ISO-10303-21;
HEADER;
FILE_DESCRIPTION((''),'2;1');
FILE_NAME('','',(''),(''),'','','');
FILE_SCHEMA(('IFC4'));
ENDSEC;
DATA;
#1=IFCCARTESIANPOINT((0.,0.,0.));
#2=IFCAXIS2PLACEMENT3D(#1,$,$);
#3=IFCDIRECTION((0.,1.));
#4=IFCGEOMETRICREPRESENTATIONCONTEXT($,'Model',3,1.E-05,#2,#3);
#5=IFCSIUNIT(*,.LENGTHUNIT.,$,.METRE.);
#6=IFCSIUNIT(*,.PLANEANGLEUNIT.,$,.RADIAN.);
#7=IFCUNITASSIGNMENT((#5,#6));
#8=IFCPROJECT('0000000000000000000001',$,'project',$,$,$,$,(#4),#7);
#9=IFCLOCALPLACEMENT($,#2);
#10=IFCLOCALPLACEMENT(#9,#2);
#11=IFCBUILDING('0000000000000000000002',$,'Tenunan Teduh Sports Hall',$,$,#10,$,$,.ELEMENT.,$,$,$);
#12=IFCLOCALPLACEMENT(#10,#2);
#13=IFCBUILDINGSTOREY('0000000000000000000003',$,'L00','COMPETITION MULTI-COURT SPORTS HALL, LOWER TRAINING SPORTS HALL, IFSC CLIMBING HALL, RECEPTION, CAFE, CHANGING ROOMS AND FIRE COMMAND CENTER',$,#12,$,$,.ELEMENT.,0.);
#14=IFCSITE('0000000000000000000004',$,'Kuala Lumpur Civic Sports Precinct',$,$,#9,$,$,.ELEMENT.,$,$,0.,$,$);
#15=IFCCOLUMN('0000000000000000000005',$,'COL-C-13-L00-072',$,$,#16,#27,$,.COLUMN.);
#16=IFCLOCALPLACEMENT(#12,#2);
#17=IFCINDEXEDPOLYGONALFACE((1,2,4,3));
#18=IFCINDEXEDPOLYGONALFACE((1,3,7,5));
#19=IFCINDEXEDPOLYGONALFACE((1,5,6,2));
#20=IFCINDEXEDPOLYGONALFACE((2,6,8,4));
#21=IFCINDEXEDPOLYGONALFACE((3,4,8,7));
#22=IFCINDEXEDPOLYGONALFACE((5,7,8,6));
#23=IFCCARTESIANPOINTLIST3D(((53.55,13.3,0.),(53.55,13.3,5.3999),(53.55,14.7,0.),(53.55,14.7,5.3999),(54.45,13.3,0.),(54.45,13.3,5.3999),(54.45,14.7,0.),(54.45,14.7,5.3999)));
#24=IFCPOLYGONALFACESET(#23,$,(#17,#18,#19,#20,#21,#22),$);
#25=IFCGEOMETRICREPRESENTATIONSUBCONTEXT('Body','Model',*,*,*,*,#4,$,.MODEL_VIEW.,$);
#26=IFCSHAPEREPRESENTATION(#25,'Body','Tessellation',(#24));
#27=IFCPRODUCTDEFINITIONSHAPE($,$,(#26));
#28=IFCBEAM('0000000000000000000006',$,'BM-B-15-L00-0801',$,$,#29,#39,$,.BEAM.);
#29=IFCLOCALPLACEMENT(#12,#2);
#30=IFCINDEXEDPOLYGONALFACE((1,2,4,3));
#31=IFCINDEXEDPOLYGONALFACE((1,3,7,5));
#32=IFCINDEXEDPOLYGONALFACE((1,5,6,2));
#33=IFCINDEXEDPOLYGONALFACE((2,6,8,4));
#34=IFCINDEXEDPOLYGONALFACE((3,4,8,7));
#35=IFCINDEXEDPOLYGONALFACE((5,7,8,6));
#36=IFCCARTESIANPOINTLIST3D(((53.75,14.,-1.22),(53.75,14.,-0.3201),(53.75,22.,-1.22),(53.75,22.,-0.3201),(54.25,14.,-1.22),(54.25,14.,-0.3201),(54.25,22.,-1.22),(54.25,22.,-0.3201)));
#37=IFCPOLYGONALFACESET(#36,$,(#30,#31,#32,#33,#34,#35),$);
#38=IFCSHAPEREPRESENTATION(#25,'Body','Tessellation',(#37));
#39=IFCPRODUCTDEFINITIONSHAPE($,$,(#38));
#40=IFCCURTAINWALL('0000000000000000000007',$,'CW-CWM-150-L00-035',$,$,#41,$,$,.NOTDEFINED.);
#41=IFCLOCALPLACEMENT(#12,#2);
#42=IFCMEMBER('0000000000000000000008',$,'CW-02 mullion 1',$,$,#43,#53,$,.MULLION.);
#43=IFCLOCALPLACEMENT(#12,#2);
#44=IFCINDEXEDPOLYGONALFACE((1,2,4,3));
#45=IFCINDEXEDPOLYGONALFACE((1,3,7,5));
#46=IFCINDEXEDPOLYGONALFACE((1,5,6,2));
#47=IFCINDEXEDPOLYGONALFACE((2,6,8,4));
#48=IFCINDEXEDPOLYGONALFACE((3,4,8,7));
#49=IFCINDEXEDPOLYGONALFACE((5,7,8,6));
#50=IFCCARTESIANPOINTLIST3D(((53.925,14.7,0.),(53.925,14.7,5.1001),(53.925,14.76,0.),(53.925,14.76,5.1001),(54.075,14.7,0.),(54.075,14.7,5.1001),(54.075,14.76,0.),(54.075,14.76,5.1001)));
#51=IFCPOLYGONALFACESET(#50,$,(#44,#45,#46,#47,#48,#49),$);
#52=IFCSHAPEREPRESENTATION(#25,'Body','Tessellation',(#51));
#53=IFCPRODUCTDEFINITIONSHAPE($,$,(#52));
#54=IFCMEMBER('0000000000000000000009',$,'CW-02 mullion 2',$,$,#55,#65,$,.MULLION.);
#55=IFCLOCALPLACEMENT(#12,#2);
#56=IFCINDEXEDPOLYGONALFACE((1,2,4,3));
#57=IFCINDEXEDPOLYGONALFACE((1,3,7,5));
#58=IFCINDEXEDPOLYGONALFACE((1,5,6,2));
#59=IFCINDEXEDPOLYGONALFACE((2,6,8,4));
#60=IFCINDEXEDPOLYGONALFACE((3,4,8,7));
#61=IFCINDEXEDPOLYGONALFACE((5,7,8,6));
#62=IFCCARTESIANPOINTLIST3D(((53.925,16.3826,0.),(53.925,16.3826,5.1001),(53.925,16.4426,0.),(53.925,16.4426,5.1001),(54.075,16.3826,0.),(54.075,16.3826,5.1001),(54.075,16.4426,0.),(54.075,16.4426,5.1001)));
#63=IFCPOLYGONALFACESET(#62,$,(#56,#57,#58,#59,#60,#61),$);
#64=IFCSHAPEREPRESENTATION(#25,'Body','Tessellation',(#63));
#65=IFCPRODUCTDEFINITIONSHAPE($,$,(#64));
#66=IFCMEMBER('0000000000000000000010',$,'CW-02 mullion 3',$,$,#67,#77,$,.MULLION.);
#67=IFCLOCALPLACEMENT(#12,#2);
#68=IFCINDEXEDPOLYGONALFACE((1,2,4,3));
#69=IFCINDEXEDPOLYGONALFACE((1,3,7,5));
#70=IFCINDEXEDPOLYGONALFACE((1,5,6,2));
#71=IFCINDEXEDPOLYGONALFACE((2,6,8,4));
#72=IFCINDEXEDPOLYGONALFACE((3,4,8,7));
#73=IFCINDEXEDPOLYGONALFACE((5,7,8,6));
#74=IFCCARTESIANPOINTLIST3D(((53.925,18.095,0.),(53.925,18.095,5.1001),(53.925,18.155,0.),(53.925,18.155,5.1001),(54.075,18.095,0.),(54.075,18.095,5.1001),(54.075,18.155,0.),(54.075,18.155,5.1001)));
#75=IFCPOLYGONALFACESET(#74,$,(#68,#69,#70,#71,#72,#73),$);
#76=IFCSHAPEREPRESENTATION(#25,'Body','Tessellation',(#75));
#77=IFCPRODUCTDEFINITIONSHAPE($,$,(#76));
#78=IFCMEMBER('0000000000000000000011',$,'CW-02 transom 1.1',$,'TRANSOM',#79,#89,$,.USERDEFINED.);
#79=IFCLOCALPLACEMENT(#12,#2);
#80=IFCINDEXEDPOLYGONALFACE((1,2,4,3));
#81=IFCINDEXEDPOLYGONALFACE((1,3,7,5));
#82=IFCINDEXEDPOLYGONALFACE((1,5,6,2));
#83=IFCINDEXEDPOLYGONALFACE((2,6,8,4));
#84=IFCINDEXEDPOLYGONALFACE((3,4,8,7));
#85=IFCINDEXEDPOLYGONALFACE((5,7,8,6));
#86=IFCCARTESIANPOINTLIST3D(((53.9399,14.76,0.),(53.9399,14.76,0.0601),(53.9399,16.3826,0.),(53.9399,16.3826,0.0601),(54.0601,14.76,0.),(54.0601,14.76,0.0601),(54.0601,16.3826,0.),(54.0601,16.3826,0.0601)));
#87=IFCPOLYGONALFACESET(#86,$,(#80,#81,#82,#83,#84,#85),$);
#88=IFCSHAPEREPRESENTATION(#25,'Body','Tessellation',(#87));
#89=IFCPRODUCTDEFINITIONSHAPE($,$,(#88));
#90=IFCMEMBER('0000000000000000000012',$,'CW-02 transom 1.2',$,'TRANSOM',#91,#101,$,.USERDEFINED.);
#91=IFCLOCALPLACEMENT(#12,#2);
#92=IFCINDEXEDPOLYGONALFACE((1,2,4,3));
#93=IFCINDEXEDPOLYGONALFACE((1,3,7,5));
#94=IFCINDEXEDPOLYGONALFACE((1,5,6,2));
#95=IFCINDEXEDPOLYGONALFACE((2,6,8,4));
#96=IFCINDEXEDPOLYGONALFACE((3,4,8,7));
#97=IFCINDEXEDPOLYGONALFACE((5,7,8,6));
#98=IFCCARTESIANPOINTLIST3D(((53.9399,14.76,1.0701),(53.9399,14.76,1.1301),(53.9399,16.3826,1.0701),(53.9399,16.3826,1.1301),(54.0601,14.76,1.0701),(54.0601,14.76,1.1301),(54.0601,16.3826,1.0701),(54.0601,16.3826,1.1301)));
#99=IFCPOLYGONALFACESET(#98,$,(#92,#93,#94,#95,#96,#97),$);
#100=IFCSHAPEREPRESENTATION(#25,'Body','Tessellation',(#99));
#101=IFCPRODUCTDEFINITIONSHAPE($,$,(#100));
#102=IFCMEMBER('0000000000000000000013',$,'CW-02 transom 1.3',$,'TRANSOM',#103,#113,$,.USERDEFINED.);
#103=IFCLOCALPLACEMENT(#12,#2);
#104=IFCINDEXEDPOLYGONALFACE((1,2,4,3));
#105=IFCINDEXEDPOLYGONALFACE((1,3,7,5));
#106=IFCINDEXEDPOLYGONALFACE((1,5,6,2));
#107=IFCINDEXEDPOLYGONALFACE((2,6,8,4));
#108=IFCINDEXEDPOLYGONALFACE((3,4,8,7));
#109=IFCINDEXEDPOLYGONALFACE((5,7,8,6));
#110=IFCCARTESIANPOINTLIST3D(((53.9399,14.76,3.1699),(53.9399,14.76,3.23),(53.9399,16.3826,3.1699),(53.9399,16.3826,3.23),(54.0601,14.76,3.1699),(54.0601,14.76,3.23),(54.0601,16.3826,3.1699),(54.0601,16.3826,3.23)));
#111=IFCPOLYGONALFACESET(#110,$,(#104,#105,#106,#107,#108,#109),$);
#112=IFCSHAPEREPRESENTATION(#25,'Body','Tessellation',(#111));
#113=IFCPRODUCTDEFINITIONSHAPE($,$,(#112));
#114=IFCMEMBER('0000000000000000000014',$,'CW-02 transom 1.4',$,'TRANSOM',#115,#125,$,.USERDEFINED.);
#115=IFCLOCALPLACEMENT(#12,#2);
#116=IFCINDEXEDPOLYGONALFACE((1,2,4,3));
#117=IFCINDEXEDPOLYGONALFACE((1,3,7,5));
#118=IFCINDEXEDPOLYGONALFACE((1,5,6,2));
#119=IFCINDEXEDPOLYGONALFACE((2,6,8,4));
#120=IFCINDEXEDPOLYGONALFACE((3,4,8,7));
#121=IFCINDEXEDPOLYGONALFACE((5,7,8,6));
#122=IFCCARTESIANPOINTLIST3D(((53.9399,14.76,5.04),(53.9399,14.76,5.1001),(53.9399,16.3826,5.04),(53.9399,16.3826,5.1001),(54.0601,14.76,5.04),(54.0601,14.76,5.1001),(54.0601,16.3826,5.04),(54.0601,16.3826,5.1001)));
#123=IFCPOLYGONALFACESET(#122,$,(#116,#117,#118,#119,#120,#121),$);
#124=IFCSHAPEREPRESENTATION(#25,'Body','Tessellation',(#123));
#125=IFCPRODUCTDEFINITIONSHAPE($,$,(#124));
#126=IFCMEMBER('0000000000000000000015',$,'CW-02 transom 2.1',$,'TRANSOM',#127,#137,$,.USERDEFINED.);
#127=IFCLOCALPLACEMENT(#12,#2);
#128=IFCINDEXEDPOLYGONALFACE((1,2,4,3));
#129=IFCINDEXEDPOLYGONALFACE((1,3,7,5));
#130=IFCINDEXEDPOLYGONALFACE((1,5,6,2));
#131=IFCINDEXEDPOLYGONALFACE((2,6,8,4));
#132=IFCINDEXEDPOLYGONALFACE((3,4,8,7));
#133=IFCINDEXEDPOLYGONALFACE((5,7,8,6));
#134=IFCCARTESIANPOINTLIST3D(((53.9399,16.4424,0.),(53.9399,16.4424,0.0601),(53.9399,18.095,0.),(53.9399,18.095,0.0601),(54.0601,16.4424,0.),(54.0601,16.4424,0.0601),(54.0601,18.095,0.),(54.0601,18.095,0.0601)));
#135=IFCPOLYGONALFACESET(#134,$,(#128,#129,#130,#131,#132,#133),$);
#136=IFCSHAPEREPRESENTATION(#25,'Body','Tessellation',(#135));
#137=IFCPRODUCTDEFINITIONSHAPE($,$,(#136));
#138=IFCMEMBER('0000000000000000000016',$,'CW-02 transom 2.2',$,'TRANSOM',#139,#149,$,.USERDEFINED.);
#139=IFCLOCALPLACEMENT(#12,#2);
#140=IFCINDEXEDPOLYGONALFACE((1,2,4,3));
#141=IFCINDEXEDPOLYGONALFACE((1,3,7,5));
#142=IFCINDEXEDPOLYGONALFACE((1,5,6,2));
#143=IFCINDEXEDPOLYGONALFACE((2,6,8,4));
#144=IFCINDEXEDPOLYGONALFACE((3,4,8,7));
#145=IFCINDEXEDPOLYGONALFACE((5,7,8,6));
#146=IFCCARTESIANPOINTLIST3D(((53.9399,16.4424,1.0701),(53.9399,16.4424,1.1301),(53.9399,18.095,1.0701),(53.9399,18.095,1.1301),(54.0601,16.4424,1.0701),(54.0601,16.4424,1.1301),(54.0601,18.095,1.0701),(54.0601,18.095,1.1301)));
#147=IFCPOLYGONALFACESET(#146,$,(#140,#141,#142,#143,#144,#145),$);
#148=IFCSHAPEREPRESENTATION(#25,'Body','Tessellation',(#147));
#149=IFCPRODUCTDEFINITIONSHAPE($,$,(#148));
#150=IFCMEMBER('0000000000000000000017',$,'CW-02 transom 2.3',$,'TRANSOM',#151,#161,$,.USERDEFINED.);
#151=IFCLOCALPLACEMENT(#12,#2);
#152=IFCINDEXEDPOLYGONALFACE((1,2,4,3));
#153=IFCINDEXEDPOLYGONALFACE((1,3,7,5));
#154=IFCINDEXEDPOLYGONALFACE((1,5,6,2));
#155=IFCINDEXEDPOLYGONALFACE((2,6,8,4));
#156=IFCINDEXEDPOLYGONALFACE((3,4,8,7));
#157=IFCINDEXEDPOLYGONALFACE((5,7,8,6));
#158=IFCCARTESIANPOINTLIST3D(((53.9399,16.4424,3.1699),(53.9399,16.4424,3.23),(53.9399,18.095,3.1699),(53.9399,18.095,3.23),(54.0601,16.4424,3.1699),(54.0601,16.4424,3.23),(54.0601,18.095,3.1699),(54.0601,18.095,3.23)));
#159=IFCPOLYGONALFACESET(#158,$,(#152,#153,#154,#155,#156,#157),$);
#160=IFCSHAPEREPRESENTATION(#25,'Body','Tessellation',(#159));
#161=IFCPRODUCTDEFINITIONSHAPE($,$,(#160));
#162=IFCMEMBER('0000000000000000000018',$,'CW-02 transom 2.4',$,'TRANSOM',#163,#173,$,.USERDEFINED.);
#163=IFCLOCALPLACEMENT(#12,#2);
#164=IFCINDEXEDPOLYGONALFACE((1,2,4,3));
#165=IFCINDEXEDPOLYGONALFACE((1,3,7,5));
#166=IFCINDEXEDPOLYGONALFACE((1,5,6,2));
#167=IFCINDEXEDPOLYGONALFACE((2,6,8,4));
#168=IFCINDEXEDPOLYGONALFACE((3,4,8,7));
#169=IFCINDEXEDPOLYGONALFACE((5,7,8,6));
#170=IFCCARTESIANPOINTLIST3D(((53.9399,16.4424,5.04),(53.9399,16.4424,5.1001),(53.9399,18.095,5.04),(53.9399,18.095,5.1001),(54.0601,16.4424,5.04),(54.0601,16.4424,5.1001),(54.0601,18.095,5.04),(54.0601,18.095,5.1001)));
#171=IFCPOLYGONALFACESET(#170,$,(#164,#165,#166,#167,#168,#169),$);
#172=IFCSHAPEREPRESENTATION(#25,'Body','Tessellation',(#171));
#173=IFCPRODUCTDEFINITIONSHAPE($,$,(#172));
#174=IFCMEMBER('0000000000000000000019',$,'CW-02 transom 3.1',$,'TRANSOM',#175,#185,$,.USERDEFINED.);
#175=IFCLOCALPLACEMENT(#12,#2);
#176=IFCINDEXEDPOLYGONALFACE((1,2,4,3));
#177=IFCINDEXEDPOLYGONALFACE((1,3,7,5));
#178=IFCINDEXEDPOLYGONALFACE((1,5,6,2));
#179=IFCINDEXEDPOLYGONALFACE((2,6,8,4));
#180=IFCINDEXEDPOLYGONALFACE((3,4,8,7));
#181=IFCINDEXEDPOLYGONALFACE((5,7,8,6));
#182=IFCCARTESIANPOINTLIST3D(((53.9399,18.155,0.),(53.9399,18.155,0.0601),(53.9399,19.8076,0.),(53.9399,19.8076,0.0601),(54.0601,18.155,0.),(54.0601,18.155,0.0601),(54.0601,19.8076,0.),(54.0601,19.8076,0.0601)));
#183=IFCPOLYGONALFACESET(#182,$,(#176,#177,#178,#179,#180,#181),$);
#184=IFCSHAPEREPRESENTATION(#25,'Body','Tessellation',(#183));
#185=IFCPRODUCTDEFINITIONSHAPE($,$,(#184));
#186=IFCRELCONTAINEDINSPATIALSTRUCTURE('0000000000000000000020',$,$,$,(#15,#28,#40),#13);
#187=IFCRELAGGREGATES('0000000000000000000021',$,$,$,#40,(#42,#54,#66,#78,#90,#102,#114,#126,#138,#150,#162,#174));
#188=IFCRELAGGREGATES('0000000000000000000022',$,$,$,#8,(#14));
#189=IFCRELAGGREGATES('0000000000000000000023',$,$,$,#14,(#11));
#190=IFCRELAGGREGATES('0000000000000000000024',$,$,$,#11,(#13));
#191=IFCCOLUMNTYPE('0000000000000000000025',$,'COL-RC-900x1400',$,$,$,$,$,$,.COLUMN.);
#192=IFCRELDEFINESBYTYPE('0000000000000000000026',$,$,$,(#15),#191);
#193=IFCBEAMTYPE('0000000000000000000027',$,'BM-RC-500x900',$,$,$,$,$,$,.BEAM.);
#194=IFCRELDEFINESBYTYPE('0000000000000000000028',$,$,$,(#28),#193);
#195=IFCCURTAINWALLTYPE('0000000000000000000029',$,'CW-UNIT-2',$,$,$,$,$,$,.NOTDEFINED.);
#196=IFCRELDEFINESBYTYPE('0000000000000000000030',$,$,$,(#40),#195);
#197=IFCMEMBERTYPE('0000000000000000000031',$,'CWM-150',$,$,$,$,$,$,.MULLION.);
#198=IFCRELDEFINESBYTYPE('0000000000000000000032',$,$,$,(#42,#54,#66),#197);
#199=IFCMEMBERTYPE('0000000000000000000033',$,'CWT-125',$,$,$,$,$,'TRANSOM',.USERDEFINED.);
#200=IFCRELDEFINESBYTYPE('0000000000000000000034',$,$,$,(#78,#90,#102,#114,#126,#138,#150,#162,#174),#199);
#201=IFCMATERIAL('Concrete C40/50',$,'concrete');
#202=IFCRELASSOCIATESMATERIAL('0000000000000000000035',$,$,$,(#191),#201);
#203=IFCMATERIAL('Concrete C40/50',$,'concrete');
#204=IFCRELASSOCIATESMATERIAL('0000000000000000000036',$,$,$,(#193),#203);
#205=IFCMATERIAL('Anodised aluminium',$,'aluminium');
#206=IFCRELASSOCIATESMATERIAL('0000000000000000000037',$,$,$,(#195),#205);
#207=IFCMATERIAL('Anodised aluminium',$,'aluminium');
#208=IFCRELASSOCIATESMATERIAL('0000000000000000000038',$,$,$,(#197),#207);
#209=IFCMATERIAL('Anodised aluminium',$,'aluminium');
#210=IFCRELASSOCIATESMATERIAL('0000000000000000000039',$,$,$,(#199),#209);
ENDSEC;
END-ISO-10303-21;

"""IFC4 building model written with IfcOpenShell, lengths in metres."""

from ifc_helpers import new_model, si_unit, direction, frame, origin, origin_2d, place, context, subcontext, project, spatial, rectangle, extrude, material, material_profile, profile_set, type_object, element, aggregate, save


model = new_model("IFC4")

# Units and contexts
model_context = context("Model", 3, precision=1e-05, world=origin(), true_north=direction((0.0, 1.0)))
body_context = subcontext(model_context, "Body", "Model", "MODEL_VIEW")
ifc_project = project(units=[si_unit("LENGTHUNIT", "METRE"), si_unit("PLANEANGLEUNIT", "RADIAN")], contexts=[model_context])

# Site, building, storey
site_placement = place(None, origin())
site = spatial("IfcSite", under=ifc_project, at=site_placement, Name="Kuala Lumpur Civic Sports Precinct", CompositionType="ELEMENT", RefElevation=0.0)
building_placement = place(site_placement, origin())
building = spatial("IfcBuilding", under=site, at=building_placement, Name="Tenunan Teduh Sports Hall", CompositionType="ELEMENT")
storey_placement = place(building_placement, origin())
storey = spatial("IfcBuildingStorey", under=building, at=storey_placement, Name="L00", Description="COMPETITION MULTI-COURT SPORTS HALL, LOWER TRAINING SPORTS HALL, IFSC CLIMBING HALL, RECEPTION, CAFE, CHANGING ROOMS AND FIRE COMMAND CENTER", CompositionType="ELEMENT", Elevation=0.0)

# Column
ifc_material_1 = material(Name="Concrete C40/50", Category="concrete")
ifc_material_profile_1 = material_profile(ifc_material_1, rectangle(XDim=0.8999, YDim=1.3999, at=origin_2d()), Name="RC 900x1400")
ifc_profile_set_1 = profile_set([ifc_material_profile_1], Name="Concrete C40/50")
column_type = type_object("IfcColumnType", Name="COL-RC-900x1400", PredefinedType="COLUMN", material=ifc_profile_set_1)
column_placement = place(storey_placement, frame((54.0, 14.0, 0.0), z_axis=(0.0, 0.0, 1.0), x_axis=(1.0, 0.0, 0.0)))
element("IfcColumn", 1, at=column_placement, inside=storey, type_object=column_type, Name="COL-C-13-L00-072", PredefinedType="COLUMN", context=body_context, shape_type="SweptSolid", body=[
    extrude(rectangle(XDim=0.8999, YDim=1.3999, at=origin_2d()), origin(), (0.0, 0.0, 1.0), 5.3999),
])

# Beam
ifc_material_2 = material(Name="Concrete C40/50", Category="concrete")
ifc_material_profile_2 = material_profile(ifc_material_2, rectangle(XDim=0.5, YDim=0.8999, at=origin_2d()), Name="RCB 500x900")
ifc_profile_set_2 = profile_set([ifc_material_profile_2], Name="Concrete C40/50")
beam_type = type_object("IfcBeamType", Name="BM-RC-500x900", PredefinedType="BEAM", material=ifc_profile_set_2)
beam_placement = place(storey_placement, frame((54.0, 14.0, -0.77), z_axis=(0.0, 1.0, 0.0), x_axis=(-1.0, 0.0, 0.0)))
element("IfcBeam", 2, at=beam_placement, inside=storey, type_object=beam_type, Name="BM-B-15-L00-0801", PredefinedType="BEAM", context=body_context, shape_type="SweptSolid", body=[
    extrude(rectangle(XDim=0.5, YDim=0.8999, at=origin_2d()), origin(), (0.0, 0.0, 1.0), 8.0),
])

# Curtain wall, members
ifc_material_3 = material(Name="Anodised aluminium", Category="aluminium")
curtain_wall_type = type_object("IfcCurtainWallType", Name="CW-UNIT-2", PredefinedType="NOTDEFINED", material=ifc_material_3)
curtain_wall_placement = place(storey_placement, origin())
curtain_wall = element("IfcCurtainWall", 3, at=curtain_wall_placement, inside=storey, type_object=curtain_wall_type, Name="CW-CWM-150-L00-035", PredefinedType="NOTDEFINED")
ifc_material_4 = material(Name="Anodised aluminium", Category="aluminium")
ifc_material_profile_3 = material_profile(ifc_material_4, rectangle(XDim=0.0601, YDim=0.1499, at=origin_2d()), Name="CWM 60x150")
ifc_profile_set_3 = profile_set([ifc_material_profile_3], Name="Anodised aluminium")
member_type_1 = type_object("IfcMemberType", Name="CWM-150", PredefinedType="MULLION", material=ifc_profile_set_3)
member_1_placement = place(storey_placement, frame((54.0, 14.73, 0.0), z_axis=(0.0, 0.0, 1.0), x_axis=(0.0, 1.0, 0.0)))
member_1 = element("IfcMember", 4, at=member_1_placement, type_object=member_type_1, Name="CW-02 mullion 1", PredefinedType="MULLION", context=body_context, shape_type="SweptSolid", body=[
    extrude(rectangle(XDim=0.0601, YDim=0.1499, at=origin_2d()), origin(), (0.0, 0.0, 1.0), 5.1001),
])
member_2_placement = place(storey_placement, frame((54.0, 16.4126, 0.0), z_axis=(0.0, 0.0, 1.0), x_axis=(0.0, 1.0, 0.0)))
member_2 = element("IfcMember", 5, at=member_2_placement, type_object=member_type_1, Name="CW-02 mullion 2", PredefinedType="MULLION", context=body_context, shape_type="SweptSolid", body=[
    extrude(rectangle(XDim=0.0601, YDim=0.1499, at=origin_2d()), origin(), (0.0, 0.0, 1.0), 5.1001),
])
member_3_placement = place(storey_placement, frame((54.0, 18.125, 0.0), z_axis=(0.0, 0.0, 1.0), x_axis=(0.0, 1.0, 0.0)))
member_3 = element("IfcMember", 6, at=member_3_placement, type_object=member_type_1, Name="CW-02 mullion 3", PredefinedType="MULLION", context=body_context, shape_type="SweptSolid", body=[
    extrude(rectangle(XDim=0.0601, YDim=0.1499, at=origin_2d()), origin(), (0.0, 0.0, 1.0), 5.1001),
])
ifc_material_5 = material(Name="Anodised aluminium", Category="aluminium")
ifc_material_profile_4 = material_profile(ifc_material_5, rectangle(XDim=0.0601, YDim=0.1201, at=origin_2d()), Name="CWT 60x120")
ifc_profile_set_4 = profile_set([ifc_material_profile_4], Name="Anodised aluminium")
member_type_2 = type_object("IfcMemberType", Name="CWT-125", ElementType="TRANSOM", PredefinedType="USERDEFINED", material=ifc_profile_set_4)
member_4_placement = place(storey_placement, frame((54.0, 14.76, 0.03), z_axis=(0.0, 1.0, 0.0), x_axis=(0.0, 0.0, 1.0)))
member_4 = element("IfcMember", 7, at=member_4_placement, type_object=member_type_2, Name="CW-02 transom 1.1", ObjectType="TRANSOM", PredefinedType="USERDEFINED", context=body_context, shape_type="SweptSolid", body=[
    extrude(rectangle(XDim=0.0601, YDim=0.1201, at=origin_2d()), origin(), (0.0, 0.0, 1.0), 1.6226),
])
member_5_placement = place(storey_placement, frame((54.0, 14.76, 1.1001), z_axis=(0.0, 1.0, 0.0), x_axis=(0.0, 0.0, 1.0)))
member_5 = element("IfcMember", 8, at=member_5_placement, type_object=member_type_2, Name="CW-02 transom 1.2", ObjectType="TRANSOM", PredefinedType="USERDEFINED", context=body_context, shape_type="SweptSolid", body=[
    extrude(rectangle(XDim=0.0601, YDim=0.1201, at=origin_2d()), origin(), (0.0, 0.0, 1.0), 1.6226),
])
member_6_placement = place(storey_placement, frame((54.0, 14.76, 3.2), z_axis=(0.0, 1.0, 0.0), x_axis=(0.0, 0.0, 1.0)))
member_6 = element("IfcMember", 9, at=member_6_placement, type_object=member_type_2, Name="CW-02 transom 1.3", ObjectType="TRANSOM", PredefinedType="USERDEFINED", context=body_context, shape_type="SweptSolid", body=[
    extrude(rectangle(XDim=0.0601, YDim=0.1201, at=origin_2d()), origin(), (0.0, 0.0, 1.0), 1.6226),
])
member_7_placement = place(storey_placement, frame((54.0, 14.76, 5.0701), z_axis=(0.0, 1.0, 0.0), x_axis=(0.0, 0.0, 1.0)))
member_7 = element("IfcMember", 10, at=member_7_placement, type_object=member_type_2, Name="CW-02 transom 1.4", ObjectType="TRANSOM", PredefinedType="USERDEFINED", context=body_context, shape_type="SweptSolid", body=[
    extrude(rectangle(XDim=0.0601, YDim=0.1201, at=origin_2d()), origin(), (0.0, 0.0, 1.0), 1.6226),
])
member_8_placement = place(storey_placement, frame((54.0, 16.4424, 0.03), z_axis=(0.0, 1.0, 0.0), x_axis=(0.0, 0.0, 1.0)))
member_8 = element("IfcMember", 11, at=member_8_placement, type_object=member_type_2, Name="CW-02 transom 2.1", ObjectType="TRANSOM", PredefinedType="USERDEFINED", context=body_context, shape_type="SweptSolid", body=[
    extrude(rectangle(XDim=0.0601, YDim=0.1201, at=origin_2d()), origin(), (0.0, 0.0, 1.0), 1.6526),
])
member_9_placement = place(storey_placement, frame((54.0, 16.4424, 1.1001), z_axis=(0.0, 1.0, 0.0), x_axis=(0.0, 0.0, 1.0)))
member_9 = element("IfcMember", 12, at=member_9_placement, type_object=member_type_2, Name="CW-02 transom 2.2", ObjectType="TRANSOM", PredefinedType="USERDEFINED", context=body_context, shape_type="SweptSolid", body=[
    extrude(rectangle(XDim=0.0601, YDim=0.1201, at=origin_2d()), origin(), (0.0, 0.0, 1.0), 1.6526),
])
member_10_placement = place(storey_placement, frame((54.0, 16.4424, 3.2), z_axis=(0.0, 1.0, 0.0), x_axis=(0.0, 0.0, 1.0)))
member_10 = element("IfcMember", 13, at=member_10_placement, type_object=member_type_2, Name="CW-02 transom 2.3", ObjectType="TRANSOM", PredefinedType="USERDEFINED", context=body_context, shape_type="SweptSolid", body=[
    extrude(rectangle(XDim=0.0601, YDim=0.1201, at=origin_2d()), origin(), (0.0, 0.0, 1.0), 1.6526),
])
member_11_placement = place(storey_placement, frame((54.0, 16.4424, 5.0701), z_axis=(0.0, 1.0, 0.0), x_axis=(0.0, 0.0, 1.0)))
member_11 = element("IfcMember", 14, at=member_11_placement, type_object=member_type_2, Name="CW-02 transom 2.4", ObjectType="TRANSOM", PredefinedType="USERDEFINED", context=body_context, shape_type="SweptSolid", body=[
    extrude(rectangle(XDim=0.0601, YDim=0.1201, at=origin_2d()), origin(), (0.0, 0.0, 1.0), 1.6526),
])
member_12_placement = place(storey_placement, frame((54.0, 18.155, 0.03), z_axis=(0.0, 1.0, 0.0), x_axis=(0.0, 0.0, 1.0)))
member_12 = element("IfcMember", 15, at=member_12_placement, type_object=member_type_2, Name="CW-02 transom 3.1", ObjectType="TRANSOM", PredefinedType="USERDEFINED", context=body_context, shape_type="SweptSolid", body=[
    extrude(rectangle(XDim=0.0601, YDim=0.1201, at=origin_2d()), origin(), (0.0, 0.0, 1.0), 1.6526),
])

aggregate(curtain_wall, [member_1, member_2, member_3, member_4, member_5, member_6, member_7, member_8, member_9, member_10, member_11, member_12])

save(model, "model.ifc")
